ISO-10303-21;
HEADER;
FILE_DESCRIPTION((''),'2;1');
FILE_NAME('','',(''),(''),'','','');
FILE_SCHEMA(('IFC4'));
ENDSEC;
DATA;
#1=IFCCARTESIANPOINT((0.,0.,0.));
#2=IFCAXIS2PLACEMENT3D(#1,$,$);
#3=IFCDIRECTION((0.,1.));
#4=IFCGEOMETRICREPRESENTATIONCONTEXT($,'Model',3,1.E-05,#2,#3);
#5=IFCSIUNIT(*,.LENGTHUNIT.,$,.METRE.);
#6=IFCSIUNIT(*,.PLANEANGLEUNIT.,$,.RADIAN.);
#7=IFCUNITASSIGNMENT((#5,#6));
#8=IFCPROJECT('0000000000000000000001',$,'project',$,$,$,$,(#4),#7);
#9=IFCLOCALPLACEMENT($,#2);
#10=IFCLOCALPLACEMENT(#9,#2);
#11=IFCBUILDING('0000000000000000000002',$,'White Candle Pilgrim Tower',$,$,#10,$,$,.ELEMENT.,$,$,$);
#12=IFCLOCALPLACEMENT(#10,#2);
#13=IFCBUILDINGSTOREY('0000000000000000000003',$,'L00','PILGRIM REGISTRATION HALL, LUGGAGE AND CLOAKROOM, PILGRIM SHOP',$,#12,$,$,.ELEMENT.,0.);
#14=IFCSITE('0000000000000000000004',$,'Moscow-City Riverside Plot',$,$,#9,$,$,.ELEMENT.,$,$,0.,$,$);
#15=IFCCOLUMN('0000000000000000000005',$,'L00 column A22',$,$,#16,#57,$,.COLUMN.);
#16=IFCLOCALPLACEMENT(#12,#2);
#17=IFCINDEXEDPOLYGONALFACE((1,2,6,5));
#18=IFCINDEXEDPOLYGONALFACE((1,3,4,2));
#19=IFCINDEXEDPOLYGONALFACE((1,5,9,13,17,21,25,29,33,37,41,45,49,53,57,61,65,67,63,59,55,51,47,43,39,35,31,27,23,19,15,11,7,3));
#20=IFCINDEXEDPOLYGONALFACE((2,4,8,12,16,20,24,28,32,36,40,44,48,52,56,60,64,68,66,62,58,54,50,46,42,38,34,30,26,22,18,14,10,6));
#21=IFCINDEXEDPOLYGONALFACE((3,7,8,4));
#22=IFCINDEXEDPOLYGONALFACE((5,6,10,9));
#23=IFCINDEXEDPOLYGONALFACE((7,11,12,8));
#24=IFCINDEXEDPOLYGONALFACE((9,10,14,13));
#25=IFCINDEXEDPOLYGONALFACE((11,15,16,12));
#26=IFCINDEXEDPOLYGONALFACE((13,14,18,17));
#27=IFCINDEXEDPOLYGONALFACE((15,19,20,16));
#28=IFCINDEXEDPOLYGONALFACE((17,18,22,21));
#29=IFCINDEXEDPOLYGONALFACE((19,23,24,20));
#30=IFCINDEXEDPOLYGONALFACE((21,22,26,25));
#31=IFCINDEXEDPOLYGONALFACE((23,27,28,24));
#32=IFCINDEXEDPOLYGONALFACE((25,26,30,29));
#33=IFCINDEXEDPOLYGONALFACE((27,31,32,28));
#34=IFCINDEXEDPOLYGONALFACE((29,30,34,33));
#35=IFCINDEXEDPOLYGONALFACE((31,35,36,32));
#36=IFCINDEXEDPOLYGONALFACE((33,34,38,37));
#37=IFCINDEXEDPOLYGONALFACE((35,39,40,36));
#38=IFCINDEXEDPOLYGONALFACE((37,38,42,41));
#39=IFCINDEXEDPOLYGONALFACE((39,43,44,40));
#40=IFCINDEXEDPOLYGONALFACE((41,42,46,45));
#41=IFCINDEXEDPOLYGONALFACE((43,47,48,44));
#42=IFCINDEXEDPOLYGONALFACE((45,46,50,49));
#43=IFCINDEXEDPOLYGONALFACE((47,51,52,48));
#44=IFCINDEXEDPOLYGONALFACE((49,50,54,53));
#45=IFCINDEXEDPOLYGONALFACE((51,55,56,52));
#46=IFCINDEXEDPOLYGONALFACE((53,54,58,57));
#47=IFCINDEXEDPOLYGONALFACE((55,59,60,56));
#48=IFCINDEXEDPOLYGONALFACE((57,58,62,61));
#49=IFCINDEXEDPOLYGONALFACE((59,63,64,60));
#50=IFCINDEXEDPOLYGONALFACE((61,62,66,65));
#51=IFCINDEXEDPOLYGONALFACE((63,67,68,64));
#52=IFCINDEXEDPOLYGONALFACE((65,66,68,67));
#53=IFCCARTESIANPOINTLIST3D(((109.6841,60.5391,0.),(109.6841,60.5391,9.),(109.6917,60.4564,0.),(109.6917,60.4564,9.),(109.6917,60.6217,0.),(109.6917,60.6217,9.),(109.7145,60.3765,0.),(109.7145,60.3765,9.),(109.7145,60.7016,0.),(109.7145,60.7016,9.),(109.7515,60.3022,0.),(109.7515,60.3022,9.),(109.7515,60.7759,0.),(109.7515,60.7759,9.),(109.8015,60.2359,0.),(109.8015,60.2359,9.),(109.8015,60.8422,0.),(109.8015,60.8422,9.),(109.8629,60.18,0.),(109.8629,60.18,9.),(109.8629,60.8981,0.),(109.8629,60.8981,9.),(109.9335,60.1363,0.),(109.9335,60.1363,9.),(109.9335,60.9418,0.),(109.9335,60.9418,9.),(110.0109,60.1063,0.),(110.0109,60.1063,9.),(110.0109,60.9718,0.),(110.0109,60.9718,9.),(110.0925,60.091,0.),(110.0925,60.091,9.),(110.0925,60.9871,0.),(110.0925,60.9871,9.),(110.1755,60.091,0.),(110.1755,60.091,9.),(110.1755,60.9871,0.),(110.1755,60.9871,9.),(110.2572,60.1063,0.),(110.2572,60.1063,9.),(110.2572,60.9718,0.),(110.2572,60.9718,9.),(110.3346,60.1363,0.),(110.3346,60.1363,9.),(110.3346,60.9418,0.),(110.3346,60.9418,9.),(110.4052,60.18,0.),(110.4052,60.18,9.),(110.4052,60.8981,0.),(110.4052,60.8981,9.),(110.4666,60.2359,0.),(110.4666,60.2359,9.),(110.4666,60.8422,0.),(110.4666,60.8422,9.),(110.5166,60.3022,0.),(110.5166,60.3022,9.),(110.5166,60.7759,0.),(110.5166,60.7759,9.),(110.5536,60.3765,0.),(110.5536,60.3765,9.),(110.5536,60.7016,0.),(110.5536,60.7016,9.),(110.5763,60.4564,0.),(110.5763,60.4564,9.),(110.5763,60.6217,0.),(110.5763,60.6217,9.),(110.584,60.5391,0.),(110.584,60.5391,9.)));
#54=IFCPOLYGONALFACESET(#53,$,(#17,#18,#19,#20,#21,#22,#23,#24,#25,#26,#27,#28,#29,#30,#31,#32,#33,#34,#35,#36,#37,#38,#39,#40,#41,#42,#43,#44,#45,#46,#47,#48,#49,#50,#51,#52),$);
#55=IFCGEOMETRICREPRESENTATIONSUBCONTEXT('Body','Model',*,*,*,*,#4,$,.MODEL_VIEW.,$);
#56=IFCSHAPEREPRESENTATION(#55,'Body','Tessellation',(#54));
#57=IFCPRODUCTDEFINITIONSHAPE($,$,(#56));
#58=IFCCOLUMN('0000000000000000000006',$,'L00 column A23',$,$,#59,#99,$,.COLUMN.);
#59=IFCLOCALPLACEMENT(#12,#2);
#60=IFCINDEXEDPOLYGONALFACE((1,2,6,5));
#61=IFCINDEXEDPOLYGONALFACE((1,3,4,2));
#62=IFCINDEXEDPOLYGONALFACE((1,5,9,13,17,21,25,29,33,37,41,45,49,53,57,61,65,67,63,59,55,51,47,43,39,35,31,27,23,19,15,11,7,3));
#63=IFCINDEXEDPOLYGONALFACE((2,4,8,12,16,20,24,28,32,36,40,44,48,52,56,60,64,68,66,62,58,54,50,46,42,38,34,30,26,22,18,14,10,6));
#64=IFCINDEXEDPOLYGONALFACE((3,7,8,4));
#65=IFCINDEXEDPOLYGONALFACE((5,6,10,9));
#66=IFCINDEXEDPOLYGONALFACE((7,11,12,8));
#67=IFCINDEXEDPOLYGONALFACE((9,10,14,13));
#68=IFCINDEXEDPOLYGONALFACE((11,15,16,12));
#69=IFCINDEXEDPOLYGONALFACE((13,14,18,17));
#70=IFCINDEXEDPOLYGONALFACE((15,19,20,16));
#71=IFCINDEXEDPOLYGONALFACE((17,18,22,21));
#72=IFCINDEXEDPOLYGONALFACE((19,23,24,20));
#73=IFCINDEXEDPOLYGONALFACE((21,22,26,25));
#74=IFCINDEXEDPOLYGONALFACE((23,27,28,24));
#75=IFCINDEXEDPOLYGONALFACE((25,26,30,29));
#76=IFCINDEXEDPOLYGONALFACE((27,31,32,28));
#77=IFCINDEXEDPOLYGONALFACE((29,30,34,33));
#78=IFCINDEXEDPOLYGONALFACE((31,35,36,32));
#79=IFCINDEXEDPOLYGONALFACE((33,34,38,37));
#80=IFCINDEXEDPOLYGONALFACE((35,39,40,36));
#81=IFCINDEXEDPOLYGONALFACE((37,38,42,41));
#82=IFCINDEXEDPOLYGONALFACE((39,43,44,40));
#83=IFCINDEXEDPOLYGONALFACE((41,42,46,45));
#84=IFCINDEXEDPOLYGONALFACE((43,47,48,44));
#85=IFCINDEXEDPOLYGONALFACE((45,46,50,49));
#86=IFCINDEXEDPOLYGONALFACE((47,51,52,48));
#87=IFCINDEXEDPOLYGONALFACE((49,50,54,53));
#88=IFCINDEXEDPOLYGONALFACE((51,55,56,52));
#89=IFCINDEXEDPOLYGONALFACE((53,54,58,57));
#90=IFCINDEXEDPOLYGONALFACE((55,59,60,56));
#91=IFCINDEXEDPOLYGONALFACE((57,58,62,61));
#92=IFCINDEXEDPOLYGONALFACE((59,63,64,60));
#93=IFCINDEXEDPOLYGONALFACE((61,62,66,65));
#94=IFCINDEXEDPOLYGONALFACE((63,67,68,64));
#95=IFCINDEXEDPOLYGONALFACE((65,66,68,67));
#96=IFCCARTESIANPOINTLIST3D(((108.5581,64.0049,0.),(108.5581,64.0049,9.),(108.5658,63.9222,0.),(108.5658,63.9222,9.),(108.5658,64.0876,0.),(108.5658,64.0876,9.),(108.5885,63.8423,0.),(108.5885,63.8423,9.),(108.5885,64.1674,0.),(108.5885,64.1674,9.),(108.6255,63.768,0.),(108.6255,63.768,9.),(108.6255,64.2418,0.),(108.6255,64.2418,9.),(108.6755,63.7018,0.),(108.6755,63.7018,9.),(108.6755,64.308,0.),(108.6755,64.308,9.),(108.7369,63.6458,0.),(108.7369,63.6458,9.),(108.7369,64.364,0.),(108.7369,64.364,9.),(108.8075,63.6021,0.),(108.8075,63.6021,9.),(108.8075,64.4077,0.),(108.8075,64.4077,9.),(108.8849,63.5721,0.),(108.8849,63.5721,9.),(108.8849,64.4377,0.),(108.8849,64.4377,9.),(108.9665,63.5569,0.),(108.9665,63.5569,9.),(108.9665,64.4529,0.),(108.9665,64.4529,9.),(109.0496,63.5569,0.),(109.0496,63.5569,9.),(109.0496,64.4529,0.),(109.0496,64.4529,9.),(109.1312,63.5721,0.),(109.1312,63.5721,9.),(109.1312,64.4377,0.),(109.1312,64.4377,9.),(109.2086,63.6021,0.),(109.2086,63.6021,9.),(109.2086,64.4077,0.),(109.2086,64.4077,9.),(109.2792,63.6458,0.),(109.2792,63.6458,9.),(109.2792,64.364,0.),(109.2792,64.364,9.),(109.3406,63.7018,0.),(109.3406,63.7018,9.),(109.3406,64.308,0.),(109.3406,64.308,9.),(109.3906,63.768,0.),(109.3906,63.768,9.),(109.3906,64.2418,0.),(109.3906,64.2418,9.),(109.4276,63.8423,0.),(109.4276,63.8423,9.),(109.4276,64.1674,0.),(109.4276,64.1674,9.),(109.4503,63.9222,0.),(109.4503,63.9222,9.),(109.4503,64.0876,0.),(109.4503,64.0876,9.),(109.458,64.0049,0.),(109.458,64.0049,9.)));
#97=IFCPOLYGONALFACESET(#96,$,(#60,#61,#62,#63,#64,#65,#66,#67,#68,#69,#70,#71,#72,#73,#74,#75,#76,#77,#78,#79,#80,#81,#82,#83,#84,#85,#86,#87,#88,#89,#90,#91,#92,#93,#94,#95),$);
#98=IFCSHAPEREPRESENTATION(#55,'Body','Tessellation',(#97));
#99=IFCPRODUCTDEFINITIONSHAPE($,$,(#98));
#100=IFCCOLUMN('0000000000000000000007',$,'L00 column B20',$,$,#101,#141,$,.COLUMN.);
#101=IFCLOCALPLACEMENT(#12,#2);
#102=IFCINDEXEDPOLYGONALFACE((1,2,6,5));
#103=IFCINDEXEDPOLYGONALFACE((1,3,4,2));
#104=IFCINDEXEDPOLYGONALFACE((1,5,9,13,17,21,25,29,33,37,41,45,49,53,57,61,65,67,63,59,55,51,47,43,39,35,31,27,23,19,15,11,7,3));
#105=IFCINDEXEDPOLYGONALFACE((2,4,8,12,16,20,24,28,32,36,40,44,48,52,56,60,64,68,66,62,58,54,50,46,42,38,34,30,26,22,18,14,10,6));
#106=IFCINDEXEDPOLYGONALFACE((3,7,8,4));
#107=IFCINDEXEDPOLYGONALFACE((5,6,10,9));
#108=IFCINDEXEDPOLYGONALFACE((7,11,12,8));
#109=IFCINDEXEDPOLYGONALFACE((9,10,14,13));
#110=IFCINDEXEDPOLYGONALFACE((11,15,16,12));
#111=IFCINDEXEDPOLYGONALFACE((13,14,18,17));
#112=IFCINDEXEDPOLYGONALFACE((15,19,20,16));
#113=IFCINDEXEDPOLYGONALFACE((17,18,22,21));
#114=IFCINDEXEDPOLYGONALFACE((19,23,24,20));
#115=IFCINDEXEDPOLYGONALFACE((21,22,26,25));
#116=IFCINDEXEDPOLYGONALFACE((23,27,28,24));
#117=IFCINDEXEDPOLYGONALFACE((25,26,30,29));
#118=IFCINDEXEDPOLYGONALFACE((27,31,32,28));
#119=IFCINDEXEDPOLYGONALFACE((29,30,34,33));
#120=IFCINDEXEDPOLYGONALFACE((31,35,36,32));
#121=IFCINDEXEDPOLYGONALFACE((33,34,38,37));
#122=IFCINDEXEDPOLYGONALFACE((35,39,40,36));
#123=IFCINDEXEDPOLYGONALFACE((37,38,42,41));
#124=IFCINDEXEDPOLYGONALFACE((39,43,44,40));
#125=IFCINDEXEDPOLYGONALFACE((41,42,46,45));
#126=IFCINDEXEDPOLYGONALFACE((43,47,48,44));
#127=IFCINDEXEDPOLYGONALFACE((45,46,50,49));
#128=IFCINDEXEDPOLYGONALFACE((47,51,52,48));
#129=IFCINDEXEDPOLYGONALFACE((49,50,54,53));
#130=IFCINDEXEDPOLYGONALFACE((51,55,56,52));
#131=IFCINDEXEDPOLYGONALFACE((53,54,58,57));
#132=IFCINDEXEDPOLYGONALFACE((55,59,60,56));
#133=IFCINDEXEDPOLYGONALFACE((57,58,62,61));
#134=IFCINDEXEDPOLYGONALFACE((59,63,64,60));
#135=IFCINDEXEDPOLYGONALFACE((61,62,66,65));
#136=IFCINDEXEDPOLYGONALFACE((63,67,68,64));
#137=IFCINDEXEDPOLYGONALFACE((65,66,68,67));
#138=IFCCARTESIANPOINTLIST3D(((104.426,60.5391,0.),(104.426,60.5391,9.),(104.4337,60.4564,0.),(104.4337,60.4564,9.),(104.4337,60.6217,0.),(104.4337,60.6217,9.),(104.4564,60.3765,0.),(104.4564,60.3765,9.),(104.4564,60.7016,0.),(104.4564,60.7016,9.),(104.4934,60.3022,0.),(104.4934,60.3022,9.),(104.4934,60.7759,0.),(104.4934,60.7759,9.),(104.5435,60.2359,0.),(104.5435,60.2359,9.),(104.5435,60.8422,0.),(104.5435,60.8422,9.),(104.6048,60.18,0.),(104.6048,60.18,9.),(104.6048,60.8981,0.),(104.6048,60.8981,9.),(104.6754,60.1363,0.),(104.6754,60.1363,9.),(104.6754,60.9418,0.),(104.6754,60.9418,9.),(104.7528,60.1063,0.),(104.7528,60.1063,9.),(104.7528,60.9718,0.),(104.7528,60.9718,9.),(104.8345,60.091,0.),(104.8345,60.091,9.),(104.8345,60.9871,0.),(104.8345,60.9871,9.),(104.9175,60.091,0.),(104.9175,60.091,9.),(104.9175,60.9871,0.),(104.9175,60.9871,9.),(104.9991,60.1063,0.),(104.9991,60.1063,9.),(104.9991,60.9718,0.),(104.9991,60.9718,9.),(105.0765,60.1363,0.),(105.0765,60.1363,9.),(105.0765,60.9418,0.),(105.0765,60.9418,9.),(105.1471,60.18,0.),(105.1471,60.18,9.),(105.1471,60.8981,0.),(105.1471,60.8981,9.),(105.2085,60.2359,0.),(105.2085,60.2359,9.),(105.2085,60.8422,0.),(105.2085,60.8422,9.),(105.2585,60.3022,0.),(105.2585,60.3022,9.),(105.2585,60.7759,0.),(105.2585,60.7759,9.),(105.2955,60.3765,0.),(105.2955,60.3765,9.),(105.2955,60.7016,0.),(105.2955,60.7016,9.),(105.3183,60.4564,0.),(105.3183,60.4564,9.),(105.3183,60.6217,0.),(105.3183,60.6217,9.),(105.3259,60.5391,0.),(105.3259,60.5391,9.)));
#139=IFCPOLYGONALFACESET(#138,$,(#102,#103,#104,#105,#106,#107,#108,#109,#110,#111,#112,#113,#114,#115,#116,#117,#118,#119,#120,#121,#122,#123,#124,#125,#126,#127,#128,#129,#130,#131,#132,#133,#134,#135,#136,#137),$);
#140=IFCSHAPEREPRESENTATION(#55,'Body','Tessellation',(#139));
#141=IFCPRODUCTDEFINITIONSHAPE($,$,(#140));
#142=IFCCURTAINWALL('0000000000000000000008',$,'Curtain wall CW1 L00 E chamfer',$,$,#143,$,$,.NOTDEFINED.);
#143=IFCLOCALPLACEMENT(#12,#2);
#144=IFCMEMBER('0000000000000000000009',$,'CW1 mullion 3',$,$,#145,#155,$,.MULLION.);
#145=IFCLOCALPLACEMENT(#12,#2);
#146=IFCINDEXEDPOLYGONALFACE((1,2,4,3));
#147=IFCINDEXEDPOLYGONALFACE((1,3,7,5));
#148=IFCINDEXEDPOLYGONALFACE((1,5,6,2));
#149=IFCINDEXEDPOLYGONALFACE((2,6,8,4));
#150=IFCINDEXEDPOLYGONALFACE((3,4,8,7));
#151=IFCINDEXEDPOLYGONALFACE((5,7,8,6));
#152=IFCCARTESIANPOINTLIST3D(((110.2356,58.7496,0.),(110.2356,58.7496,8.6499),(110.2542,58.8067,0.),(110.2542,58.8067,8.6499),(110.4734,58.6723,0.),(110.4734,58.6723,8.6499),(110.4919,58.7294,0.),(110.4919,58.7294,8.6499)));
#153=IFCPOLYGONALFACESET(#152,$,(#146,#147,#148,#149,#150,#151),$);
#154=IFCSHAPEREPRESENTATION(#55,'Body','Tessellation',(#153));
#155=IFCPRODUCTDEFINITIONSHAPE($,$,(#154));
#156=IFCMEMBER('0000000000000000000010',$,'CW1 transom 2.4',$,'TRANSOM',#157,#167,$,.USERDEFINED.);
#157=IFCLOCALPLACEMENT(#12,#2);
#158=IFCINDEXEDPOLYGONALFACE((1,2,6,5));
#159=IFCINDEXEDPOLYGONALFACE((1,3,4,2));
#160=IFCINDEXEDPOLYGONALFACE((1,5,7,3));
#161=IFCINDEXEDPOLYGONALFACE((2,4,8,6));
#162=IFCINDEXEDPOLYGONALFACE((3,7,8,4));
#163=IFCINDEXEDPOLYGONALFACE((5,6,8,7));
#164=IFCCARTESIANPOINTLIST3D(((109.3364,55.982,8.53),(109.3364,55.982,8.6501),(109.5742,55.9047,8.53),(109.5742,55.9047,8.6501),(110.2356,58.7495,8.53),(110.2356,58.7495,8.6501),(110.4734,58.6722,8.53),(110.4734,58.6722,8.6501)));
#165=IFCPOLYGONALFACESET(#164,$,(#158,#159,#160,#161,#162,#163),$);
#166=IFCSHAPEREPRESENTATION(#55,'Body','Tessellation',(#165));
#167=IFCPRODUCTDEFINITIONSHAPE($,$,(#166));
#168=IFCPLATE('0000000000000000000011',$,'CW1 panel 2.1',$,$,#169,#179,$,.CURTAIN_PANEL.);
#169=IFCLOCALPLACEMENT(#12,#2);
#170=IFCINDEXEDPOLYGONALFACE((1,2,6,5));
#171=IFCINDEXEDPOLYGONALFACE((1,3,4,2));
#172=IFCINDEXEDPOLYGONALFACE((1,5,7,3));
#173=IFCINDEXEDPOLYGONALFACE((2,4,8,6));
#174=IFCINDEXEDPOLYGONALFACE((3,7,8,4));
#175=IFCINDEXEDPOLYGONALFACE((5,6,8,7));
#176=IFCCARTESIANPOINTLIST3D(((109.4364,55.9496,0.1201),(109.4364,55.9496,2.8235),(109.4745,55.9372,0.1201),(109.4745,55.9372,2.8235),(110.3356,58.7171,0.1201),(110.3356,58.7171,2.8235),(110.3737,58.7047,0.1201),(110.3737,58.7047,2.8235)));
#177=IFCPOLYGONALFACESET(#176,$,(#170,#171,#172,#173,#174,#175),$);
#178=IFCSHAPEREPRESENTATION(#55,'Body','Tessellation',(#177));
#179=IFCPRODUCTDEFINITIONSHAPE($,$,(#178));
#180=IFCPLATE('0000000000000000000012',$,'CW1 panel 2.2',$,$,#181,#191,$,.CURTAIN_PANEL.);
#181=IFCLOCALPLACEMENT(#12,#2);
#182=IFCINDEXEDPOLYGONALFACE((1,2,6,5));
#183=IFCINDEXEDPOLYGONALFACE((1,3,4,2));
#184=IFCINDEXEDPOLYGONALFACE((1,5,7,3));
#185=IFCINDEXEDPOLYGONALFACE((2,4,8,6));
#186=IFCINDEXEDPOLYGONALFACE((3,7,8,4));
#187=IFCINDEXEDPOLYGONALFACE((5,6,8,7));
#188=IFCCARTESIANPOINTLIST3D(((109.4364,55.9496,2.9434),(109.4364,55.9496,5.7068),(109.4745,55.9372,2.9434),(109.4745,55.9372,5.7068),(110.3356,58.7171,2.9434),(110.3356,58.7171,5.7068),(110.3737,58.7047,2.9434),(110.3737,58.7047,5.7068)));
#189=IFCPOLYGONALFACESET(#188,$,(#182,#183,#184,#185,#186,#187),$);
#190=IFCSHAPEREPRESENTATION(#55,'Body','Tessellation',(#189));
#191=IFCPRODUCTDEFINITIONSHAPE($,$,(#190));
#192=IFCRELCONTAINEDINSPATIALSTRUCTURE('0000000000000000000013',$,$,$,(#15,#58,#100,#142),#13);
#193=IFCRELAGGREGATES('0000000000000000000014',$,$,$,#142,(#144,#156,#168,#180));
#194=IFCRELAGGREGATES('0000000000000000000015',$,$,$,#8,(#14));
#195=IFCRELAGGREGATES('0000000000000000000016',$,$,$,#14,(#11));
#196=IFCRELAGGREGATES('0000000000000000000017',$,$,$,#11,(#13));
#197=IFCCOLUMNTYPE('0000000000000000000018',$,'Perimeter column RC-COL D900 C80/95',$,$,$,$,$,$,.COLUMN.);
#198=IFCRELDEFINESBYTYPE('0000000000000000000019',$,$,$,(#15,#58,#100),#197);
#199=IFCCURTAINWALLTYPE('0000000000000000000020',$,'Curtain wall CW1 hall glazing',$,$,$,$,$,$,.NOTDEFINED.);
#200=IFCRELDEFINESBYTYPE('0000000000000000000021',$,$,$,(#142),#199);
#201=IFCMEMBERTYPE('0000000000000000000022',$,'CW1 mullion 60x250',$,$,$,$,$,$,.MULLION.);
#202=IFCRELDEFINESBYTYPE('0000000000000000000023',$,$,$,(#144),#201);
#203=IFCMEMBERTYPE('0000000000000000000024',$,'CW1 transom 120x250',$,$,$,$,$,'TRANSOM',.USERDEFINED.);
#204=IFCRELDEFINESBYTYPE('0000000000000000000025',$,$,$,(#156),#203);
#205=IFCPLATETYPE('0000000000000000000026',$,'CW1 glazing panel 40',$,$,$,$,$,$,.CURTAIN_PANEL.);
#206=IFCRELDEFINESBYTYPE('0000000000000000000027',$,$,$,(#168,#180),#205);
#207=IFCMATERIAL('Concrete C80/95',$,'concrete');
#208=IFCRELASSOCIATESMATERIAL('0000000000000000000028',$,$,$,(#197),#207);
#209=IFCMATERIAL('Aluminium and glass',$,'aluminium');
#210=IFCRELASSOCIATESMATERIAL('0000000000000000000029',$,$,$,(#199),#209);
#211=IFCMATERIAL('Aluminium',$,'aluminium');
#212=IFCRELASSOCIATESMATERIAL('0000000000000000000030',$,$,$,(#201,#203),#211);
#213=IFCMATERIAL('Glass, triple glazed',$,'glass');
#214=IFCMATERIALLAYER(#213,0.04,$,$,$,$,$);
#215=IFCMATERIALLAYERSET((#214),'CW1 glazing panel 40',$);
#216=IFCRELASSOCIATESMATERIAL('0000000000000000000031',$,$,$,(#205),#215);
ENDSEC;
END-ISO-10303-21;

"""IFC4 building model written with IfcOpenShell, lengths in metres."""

from ifc_helpers import new_model, si_unit, direction, frame, origin, origin_2d, place, context, subcontext, project, spatial, rectangle, circle, extrude, material, layer, layer_set, material_profile, profile_set, type_object, element, aggregate, save


model = new_model("IFC4")

# Units and contexts
model_context = context("Model", 3, precision=1e-05, world=origin(), true_north=direction((0.0, 1.0)))
body_context = subcontext(model_context, "Body", "Model", "MODEL_VIEW")
ifc_project = project(units=[si_unit("LENGTHUNIT", "METRE"), si_unit("PLANEANGLEUNIT", "RADIAN")], contexts=[model_context])

# Site, building, storey
site_placement = place(None, origin())
site = spatial("IfcSite", under=ifc_project, at=site_placement, Name="Moscow-City Riverside Plot", CompositionType="ELEMENT", RefElevation=0.0)
building_placement = place(site_placement, origin())
building = spatial("IfcBuilding", under=site, at=building_placement, Name="White Candle Pilgrim Tower", CompositionType="ELEMENT")
storey_placement = place(building_placement, origin())
storey = spatial("IfcBuildingStorey", under=building, at=storey_placement, Name="L00", Description="PILGRIM REGISTRATION HALL, LUGGAGE AND CLOAKROOM, PILGRIM SHOP", CompositionType="ELEMENT", Elevation=0.0)

# Columns
ifc_material_1 = material(Name="Concrete C80/95", Category="concrete")
ifc_material_profile_1 = material_profile(ifc_material_1, circle(Radius=0.45, at=origin_2d()), Name="RC-COL D900")
ifc_profile_set_1 = profile_set([ifc_material_profile_1], Name="Concrete C80/95")
column_type = type_object("IfcColumnType", Name="Perimeter column RC-COL D900 C80/95", PredefinedType="COLUMN", material=ifc_profile_set_1)
for number, where, z_axis, x_axis, name in (
    (1, (110.134, 60.5391, 0.0), (0.0, 0.0, 1.0), (1.0, 0.0, 0.0), "L00 column A22"),
    (2, (109.0081, 64.0049, 0.0), (0.0, 0.0, 1.0), (1.0, 0.0, 0.0), "L00 column A23"),
    (3, (104.876, 60.5391, 0.0), (0.0, 0.0, 1.0), (1.0, 0.0, 0.0), "L00 column B20"),
):
    element("IfcColumn", number, at=place(storey_placement, frame(where, z_axis=z_axis, x_axis=x_axis)), inside=storey, type_object=column_type, Name=name, PredefinedType="COLUMN", context=body_context, shape_type="SweptSolid", body=[
        extrude(circle(Radius=0.45, at=origin_2d()), origin(), (0.0, 0.0, 1.0), 9.0),
    ])

# Curtain wall, members, plates
ifc_material_2 = material(Name="Aluminium and glass", Category="aluminium")
curtain_wall_type = type_object("IfcCurtainWallType", Name="Curtain wall CW1 hall glazing", PredefinedType="NOTDEFINED", material=ifc_material_2)
curtain_wall_placement = place(storey_placement, origin())
curtain_wall = element("IfcCurtainWall", 4, at=curtain_wall_placement, inside=storey, type_object=curtain_wall_type, Name="Curtain wall CW1 L00 E chamfer", PredefinedType="NOTDEFINED")
ifc_material_3 = material(Name="Aluminium", Category="aluminium")
ifc_material_profile_2 = material_profile(ifc_material_3, rectangle(XDim=0.25, YDim=0.0601, at=origin_2d()), Name="CW1 mullion 60x250")
ifc_profile_set_2 = profile_set([ifc_material_profile_2], Name="Aluminium")
member_type_1 = type_object("IfcMemberType", Name="CW1 mullion 60x250", PredefinedType="MULLION", material=ifc_profile_set_2)
member_1_placement = place(storey_placement, frame((110.3638, 58.7395, 0.0), z_axis=(0.0, 0.0, 1.0), x_axis=(-0.951057, 0.309017, 0.0)))
member_1 = element("IfcMember", 5, at=member_1_placement, type_object=member_type_1, Name="CW1 mullion 3", PredefinedType="MULLION", context=body_context, shape_type="SweptSolid", body=[
    extrude(rectangle(XDim=0.25, YDim=0.0601, at=origin_2d()), origin(), (0.0, 0.0, 1.0), 8.6499),
])
ifc_material_profile_3 = material_profile(ifc_material_3, rectangle(XDim=0.25, YDim=0.1201, at=origin_2d()), Name="CW1 transom 120x250")
ifc_profile_set_3 = profile_set([ifc_material_profile_3], Name="Aluminium")
member_type_2 = type_object("IfcMemberType", Name="CW1 transom 120x250", ElementType="TRANSOM", PredefinedType="USERDEFINED", material=ifc_profile_set_3)
member_2_placement = place(storey_placement, frame((109.4553, 55.9434, 8.5901), z_axis=(0.308995, 0.951064, 0.0), x_axis=(-0.951064, 0.308995, 0.0)))
member_2 = element("IfcMember", 6, at=member_2_placement, type_object=member_type_2, Name="CW1 transom 2.4", ObjectType="TRANSOM", PredefinedType="USERDEFINED", context=body_context, shape_type="SweptSolid", body=[
    extrude(rectangle(XDim=0.25, YDim=0.1201, at=origin_2d()), origin(), (0.0, 0.0, 1.0), 2.9099),
])
ifc_material_4 = material(Name="Glass, triple glazed", Category="glass")
ifc_layer_1 = layer(ifc_material_4, 0.04)
ifc_layer_set_1 = layer_set([ifc_layer_1], Name="CW1 glazing panel 40")
plate_type = type_object("IfcPlateType", Name="CW1 glazing panel 40", PredefinedType="CURTAIN_PANEL", material=ifc_layer_set_1)
plate_1_placement = place(storey_placement, frame((109.905, 57.3271, 0.1201), z_axis=(0.0, 0.0, 1.0), x_axis=(0.309017, 0.951057, 0.0)))
plate_1 = element("IfcPlate", 7, at=plate_1_placement, type_object=plate_type, Name="CW1 panel 2.1", PredefinedType="CURTAIN_PANEL", context=body_context, shape_type="SweptSolid", body=[
    extrude(rectangle(XDim=2.9099, YDim=0.04, at=origin_2d()), origin(), (0.0, 0.0, 1.0), 2.7034),
])
plate_2_placement = place(storey_placement, frame((109.905, 57.3271, 2.9434), z_axis=(0.0, 0.0, 1.0), x_axis=(0.309017, 0.951057, 0.0)))
plate_2 = element("IfcPlate", 8, at=plate_2_placement, type_object=plate_type, Name="CW1 panel 2.2", PredefinedType="CURTAIN_PANEL", context=body_context, shape_type="SweptSolid", body=[
    extrude(rectangle(XDim=2.9099, YDim=0.04, at=origin_2d()), origin(), (0.0, 0.0, 1.0), 2.7634),
])
aggregate(curtain_wall, [member_1, member_2, plate_1, plate_2])

save(model, "model.ifc")
